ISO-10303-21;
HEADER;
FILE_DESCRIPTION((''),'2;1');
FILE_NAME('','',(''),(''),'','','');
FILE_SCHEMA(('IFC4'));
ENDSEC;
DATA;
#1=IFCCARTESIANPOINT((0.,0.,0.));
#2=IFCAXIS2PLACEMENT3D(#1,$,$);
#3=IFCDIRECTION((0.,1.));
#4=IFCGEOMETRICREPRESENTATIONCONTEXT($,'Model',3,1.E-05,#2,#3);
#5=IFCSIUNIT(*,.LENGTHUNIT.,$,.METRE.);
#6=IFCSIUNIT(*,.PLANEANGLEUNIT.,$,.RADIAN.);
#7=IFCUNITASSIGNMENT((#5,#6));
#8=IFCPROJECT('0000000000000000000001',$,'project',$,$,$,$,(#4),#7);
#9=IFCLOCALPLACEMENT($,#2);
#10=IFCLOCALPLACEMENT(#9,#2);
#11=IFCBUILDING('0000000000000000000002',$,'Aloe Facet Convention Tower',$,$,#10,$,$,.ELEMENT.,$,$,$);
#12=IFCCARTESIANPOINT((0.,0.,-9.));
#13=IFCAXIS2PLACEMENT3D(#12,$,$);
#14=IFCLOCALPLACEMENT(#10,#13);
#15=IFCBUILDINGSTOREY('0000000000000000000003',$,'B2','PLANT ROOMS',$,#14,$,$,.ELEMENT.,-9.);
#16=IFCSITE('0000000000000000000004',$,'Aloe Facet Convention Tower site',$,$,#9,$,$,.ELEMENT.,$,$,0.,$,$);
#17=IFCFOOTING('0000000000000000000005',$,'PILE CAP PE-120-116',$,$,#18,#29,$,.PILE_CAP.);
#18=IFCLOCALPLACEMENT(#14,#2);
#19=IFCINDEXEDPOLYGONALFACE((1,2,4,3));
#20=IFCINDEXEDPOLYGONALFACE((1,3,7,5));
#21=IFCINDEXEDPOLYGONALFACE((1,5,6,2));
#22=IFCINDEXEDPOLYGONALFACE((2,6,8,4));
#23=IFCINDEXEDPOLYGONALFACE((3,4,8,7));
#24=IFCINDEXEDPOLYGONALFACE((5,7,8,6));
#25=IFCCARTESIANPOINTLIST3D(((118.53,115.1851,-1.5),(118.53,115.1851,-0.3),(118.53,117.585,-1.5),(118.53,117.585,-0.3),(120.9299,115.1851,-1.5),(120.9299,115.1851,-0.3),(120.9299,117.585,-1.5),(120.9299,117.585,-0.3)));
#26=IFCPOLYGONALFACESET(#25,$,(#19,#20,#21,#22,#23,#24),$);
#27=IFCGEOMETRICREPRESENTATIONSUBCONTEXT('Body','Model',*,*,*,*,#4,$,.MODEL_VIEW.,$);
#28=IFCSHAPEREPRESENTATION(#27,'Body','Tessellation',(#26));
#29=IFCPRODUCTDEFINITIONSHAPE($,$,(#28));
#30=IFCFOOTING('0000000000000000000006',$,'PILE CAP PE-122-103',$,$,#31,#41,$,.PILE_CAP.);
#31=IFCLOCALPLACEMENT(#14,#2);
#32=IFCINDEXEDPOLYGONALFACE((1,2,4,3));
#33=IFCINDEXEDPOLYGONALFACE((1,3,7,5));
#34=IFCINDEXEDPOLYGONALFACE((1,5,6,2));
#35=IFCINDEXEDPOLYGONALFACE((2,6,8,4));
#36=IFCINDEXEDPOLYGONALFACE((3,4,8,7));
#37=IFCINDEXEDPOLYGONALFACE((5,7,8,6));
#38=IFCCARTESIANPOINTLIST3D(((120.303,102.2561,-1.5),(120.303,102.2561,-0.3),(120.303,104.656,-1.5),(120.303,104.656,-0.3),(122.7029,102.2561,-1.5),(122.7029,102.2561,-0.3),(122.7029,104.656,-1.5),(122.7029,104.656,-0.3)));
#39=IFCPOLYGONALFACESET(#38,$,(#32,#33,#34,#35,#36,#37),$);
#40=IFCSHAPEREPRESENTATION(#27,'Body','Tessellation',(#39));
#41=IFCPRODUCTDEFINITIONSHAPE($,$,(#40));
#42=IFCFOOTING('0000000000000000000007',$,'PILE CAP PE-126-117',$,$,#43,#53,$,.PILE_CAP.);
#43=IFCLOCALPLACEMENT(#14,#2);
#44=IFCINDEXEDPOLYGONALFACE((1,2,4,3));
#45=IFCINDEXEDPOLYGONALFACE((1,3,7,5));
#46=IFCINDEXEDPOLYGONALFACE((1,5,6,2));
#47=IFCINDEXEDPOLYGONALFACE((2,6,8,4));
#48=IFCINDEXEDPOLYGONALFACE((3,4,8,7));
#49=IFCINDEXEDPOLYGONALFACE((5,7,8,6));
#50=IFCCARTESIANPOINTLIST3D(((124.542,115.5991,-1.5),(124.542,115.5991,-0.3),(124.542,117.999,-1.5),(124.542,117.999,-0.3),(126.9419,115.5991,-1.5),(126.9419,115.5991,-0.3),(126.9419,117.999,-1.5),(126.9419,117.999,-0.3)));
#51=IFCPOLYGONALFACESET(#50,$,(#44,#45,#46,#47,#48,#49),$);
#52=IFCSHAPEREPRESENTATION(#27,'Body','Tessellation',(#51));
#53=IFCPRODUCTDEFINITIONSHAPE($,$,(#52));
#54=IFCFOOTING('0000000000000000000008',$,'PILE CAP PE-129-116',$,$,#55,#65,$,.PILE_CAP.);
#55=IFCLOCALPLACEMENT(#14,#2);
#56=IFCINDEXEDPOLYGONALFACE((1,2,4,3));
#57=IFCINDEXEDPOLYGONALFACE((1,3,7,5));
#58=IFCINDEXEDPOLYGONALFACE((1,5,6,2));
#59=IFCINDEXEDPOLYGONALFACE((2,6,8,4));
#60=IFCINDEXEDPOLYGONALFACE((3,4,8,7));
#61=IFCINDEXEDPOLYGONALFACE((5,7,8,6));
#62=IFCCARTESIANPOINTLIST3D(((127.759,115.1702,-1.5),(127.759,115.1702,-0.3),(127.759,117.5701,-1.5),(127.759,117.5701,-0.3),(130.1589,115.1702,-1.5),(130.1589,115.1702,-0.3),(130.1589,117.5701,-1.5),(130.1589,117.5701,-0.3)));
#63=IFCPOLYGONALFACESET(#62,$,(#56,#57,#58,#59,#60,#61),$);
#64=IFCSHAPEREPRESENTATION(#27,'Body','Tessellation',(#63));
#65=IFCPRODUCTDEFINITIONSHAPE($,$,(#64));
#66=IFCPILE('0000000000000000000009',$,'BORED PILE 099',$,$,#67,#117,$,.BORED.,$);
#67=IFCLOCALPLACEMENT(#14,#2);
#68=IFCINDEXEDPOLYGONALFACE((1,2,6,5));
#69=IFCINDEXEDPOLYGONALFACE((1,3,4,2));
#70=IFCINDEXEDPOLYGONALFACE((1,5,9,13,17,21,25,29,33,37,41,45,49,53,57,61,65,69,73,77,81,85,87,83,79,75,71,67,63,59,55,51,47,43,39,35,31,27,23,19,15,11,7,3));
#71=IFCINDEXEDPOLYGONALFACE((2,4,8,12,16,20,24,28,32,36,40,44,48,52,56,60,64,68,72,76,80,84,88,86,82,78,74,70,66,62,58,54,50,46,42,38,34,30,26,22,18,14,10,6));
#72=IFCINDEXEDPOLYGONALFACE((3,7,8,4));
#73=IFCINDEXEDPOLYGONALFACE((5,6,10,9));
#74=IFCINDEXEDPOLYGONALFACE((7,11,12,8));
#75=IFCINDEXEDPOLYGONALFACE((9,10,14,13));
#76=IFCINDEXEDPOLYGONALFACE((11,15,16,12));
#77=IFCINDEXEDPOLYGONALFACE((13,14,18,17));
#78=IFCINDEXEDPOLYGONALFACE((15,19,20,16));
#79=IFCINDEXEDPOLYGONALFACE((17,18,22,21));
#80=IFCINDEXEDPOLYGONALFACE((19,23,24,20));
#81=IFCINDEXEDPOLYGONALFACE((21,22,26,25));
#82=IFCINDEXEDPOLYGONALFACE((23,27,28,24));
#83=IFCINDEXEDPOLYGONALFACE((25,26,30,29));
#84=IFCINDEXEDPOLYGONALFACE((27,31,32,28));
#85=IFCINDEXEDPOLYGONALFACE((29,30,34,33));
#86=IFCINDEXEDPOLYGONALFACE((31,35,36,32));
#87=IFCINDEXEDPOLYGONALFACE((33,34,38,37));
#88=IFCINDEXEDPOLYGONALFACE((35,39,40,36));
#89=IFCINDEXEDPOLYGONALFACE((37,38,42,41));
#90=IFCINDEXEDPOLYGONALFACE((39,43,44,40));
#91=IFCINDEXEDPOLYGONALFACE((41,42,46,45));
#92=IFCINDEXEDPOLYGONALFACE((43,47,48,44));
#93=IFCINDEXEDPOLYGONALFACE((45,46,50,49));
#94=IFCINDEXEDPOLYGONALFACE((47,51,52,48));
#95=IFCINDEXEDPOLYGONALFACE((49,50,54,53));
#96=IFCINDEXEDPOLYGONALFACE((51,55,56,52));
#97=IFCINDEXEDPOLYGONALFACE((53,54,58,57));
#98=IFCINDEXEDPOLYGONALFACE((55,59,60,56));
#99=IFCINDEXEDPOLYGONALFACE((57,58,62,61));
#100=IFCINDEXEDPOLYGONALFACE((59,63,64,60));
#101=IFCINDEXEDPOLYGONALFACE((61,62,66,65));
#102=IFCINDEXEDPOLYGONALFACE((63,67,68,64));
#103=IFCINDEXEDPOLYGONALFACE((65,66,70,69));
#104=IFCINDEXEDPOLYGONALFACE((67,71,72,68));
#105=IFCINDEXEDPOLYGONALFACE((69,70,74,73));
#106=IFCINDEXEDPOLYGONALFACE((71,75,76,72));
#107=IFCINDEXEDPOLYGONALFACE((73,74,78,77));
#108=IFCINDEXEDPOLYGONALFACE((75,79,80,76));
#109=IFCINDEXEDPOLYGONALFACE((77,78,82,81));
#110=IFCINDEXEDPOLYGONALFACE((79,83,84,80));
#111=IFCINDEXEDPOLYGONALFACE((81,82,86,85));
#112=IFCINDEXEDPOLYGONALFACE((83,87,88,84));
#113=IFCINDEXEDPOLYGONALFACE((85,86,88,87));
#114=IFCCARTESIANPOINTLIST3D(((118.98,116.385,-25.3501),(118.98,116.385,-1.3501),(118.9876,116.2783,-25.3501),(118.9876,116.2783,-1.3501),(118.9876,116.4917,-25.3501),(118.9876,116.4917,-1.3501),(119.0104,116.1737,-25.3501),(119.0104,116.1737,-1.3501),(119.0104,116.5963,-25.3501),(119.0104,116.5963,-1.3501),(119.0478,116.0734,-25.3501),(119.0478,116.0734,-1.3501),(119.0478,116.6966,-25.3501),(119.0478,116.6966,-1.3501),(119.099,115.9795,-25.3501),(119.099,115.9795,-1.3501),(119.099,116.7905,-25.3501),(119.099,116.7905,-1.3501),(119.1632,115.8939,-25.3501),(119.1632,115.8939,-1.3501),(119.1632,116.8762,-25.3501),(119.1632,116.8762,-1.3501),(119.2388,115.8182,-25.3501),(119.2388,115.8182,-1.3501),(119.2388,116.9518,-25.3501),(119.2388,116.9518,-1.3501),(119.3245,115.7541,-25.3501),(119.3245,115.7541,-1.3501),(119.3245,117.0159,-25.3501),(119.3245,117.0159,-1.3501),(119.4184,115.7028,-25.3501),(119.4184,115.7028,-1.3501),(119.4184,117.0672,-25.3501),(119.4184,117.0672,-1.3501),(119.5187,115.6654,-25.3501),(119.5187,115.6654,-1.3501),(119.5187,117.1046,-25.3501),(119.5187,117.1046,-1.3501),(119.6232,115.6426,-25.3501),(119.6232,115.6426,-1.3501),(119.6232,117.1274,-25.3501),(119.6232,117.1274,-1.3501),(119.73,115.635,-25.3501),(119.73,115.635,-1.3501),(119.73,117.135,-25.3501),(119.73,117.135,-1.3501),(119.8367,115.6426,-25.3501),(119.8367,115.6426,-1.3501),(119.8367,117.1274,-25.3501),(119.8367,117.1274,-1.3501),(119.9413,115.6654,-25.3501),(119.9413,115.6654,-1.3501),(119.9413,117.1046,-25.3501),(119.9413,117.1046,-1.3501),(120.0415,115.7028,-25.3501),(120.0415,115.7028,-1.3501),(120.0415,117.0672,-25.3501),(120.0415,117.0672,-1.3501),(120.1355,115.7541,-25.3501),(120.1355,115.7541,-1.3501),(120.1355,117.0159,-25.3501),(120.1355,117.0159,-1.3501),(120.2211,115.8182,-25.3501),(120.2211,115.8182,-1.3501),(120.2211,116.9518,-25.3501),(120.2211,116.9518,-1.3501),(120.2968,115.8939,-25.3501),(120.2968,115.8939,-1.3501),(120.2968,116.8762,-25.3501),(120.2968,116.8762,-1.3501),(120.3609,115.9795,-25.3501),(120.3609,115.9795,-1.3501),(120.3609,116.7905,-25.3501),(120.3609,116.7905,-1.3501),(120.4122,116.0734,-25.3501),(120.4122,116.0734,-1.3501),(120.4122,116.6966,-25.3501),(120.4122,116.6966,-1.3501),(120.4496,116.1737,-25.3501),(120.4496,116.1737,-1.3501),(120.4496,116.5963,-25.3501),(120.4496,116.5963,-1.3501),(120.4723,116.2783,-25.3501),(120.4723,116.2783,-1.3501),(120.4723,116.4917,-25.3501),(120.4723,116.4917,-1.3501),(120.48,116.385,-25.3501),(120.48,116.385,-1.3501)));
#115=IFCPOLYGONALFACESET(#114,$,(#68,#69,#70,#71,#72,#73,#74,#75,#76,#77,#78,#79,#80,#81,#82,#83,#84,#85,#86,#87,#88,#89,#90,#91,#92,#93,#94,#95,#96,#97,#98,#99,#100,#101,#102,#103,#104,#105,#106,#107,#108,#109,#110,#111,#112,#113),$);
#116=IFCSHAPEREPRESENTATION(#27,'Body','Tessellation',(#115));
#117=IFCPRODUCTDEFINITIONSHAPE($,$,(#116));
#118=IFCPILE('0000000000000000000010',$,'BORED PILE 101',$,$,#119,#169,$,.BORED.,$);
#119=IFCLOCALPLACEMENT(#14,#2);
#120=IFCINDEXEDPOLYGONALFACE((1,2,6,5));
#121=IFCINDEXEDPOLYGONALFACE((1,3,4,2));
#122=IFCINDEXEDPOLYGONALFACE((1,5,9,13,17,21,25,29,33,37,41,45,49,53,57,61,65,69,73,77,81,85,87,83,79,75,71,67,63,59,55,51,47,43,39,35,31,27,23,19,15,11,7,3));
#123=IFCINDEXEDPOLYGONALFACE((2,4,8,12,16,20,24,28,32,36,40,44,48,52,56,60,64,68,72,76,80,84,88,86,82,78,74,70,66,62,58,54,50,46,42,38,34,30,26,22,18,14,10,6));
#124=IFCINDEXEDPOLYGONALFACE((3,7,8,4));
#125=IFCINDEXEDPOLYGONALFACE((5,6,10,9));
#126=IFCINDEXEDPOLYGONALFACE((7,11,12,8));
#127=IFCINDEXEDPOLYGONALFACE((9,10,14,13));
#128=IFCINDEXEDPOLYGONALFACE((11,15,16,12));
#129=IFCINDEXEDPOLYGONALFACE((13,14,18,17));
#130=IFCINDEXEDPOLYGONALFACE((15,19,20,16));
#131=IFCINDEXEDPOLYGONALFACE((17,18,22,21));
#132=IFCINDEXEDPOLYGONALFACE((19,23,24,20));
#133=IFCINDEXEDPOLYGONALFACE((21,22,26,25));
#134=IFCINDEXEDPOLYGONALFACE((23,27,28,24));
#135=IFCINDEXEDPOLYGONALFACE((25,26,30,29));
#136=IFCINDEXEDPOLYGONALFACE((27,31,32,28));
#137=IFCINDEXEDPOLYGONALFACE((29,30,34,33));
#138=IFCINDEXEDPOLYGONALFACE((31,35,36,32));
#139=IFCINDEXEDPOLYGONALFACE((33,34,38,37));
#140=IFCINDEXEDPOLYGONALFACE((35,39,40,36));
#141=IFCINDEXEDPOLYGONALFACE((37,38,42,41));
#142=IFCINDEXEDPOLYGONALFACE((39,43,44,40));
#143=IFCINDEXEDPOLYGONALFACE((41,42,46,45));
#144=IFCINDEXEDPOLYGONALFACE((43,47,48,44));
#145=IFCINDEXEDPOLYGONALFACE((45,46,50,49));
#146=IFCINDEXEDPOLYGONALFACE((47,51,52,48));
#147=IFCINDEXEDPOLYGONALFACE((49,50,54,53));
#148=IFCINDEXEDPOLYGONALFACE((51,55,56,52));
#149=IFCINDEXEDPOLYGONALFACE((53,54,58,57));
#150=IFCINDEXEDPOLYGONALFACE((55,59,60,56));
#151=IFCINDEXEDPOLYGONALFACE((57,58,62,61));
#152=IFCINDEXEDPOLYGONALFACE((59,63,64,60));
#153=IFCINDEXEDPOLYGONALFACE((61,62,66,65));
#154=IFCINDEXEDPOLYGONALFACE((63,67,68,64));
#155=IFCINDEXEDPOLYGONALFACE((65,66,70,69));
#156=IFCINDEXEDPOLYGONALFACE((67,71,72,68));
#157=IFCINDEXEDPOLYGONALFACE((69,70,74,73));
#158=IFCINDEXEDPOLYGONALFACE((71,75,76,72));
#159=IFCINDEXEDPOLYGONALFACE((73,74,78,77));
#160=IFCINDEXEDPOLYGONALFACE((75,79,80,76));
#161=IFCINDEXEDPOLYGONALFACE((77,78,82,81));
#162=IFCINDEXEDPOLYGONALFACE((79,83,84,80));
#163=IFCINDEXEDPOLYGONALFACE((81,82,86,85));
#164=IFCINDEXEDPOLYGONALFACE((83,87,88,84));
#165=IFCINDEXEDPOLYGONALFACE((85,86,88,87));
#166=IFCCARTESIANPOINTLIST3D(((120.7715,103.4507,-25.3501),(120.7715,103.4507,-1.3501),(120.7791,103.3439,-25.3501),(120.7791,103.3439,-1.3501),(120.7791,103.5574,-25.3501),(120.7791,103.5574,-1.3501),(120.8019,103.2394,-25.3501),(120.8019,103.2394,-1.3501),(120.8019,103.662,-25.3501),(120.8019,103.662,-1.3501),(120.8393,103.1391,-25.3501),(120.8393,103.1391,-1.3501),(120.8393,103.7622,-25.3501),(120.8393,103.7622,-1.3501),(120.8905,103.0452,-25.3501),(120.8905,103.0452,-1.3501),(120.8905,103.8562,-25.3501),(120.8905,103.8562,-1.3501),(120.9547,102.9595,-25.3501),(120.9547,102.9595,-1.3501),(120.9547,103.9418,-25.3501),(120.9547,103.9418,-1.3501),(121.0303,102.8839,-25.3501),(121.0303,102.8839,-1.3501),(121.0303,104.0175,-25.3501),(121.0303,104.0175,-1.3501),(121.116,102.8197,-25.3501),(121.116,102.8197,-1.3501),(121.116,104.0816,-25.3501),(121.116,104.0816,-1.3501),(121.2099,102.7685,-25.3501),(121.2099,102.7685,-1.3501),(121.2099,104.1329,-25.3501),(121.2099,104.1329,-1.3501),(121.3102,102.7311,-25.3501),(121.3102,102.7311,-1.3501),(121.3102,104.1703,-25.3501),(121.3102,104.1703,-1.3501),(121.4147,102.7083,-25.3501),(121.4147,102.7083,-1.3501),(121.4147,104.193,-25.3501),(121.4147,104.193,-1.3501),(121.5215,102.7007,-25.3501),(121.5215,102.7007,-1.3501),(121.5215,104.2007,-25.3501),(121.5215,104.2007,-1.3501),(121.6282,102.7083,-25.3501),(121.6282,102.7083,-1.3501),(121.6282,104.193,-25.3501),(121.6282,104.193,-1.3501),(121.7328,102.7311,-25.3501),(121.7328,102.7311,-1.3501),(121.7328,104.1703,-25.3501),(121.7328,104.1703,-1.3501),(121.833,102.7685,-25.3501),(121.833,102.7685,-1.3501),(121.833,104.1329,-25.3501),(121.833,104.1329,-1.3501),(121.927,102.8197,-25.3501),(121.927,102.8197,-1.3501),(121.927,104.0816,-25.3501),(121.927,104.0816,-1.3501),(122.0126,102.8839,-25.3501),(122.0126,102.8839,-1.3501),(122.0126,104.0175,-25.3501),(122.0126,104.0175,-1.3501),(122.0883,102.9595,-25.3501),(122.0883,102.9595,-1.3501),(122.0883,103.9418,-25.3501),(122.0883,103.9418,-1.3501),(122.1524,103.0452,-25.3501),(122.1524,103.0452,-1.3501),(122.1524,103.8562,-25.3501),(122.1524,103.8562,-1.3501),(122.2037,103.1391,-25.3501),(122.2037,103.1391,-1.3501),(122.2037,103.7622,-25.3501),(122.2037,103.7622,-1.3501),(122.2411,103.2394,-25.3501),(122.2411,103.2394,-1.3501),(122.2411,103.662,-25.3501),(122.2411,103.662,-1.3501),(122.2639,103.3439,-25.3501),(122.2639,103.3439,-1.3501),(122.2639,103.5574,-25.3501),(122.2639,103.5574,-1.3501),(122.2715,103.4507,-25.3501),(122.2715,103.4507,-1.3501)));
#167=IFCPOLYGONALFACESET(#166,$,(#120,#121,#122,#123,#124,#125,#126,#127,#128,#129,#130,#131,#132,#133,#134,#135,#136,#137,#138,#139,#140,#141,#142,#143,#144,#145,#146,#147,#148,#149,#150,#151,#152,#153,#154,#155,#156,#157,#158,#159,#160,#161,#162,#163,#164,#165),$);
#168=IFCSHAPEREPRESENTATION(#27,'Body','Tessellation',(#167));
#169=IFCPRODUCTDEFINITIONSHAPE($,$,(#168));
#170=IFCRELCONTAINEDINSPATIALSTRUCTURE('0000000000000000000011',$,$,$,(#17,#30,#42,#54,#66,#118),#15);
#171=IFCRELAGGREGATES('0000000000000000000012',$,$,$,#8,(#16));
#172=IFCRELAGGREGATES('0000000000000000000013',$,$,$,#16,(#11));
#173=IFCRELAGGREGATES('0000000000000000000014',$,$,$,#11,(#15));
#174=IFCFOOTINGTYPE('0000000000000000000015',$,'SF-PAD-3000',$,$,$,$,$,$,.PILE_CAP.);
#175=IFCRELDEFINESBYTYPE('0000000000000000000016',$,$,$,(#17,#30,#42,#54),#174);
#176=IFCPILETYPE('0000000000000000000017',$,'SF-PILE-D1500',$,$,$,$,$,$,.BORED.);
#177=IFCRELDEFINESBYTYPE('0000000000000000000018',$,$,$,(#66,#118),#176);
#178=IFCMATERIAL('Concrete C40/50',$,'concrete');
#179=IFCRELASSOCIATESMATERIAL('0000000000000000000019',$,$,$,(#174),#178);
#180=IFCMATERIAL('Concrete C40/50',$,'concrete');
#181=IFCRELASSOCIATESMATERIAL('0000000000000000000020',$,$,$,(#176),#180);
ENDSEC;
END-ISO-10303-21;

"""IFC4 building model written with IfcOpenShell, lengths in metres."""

from ifc_helpers import new_model, si_unit, direction, frame, origin, origin_2d, place, context, subcontext, project, spatial, rectangle, circle, extrude, material, material_profile, profile_set, type_object, element, save


model = new_model("IFC4")

# Units and contexts
model_context = context("Model", 3, precision=1e-05, world=origin(), true_north=direction((0.0, 1.0)))
body_context = subcontext(model_context, "Body", "Model", "MODEL_VIEW")
ifc_project = project(units=[si_unit("LENGTHUNIT", "METRE"), si_unit("PLANEANGLEUNIT", "RADIAN")], contexts=[model_context])

# Site, building, storey
site_placement = place(None, origin())
site = spatial("IfcSite", under=ifc_project, at=site_placement, Name="Aloe Facet Convention Tower site", CompositionType="ELEMENT", RefElevation=0.0)
building_placement = place(site_placement, origin())
building = spatial("IfcBuilding", under=site, at=building_placement, Name="Aloe Facet Convention Tower", CompositionType="ELEMENT")
storey_placement = place(building_placement, frame((0.0, 0.0, -9.0)))
storey = spatial("IfcBuildingStorey", under=building, at=storey_placement, Name="B2", Description="PLANT ROOMS", CompositionType="ELEMENT", Elevation=-9.0)

# Footings
ifc_material_1 = material(Name="Concrete C40/50", Category="concrete")
footing_type = type_object("IfcFootingType", Name="SF-PAD-3000", PredefinedType="PILE_CAP", material=ifc_material_1)
for number, where, z_axis, x_axis, name in (
    (1, (119.73, 116.385, -1.5), (0.0, 0.0, 1.0), (1.0, 0.0, 0.0), "PILE CAP PE-120-116"),
    (2, (121.5029, 103.4561, -1.5), (0.0, 0.0, 1.0), (1.0, 0.0, 0.0), "PILE CAP PE-122-103"),
    (3, (125.7419, 116.7991, -1.5), (0.0, 0.0, 1.0), (1.0, 0.0, 0.0), "PILE CAP PE-126-117"),
    (4, (128.959, 116.3701, -1.5), (0.0, 0.0, 1.0), (1.0, 0.0, 0.0), "PILE CAP PE-129-116"),
):
    element("IfcFooting", number, at=place(storey_placement, frame(where, z_axis=z_axis, x_axis=x_axis)), inside=storey, type_object=footing_type, Name=name, PredefinedType="PILE_CAP", context=body_context, shape_type="SweptSolid", body=[
        extrude(rectangle(XDim=2.3999, YDim=2.3999, at=origin_2d()), origin(), (0.0, 0.0, 1.0), 1.2),
    ])

# Piles
ifc_material_2 = material(Name="Concrete C40/50", Category="concrete")
ifc_material_profile_1 = material_profile(ifc_material_2, circle(Radius=0.75, at=origin_2d()), Name="D1500")
ifc_profile_set_1 = profile_set([ifc_material_profile_1], Name="Concrete C40/50")
pile_type = type_object("IfcPileType", Name="SF-PILE-D1500", PredefinedType="BORED", material=ifc_profile_set_1)
for number, where, z_axis, x_axis, name in (
    (5, (119.73, 116.385, -1.3501), (0.0, 0.0, -1.0), (1.0, 0.0, 0.0), "BORED PILE 099"),
    (6, (121.5215, 103.4507, -1.3501), (0.0, 0.0, -1.0), (1.0, 0.0, 0.0), "BORED PILE 101"),
):
    element("IfcPile", number, at=place(storey_placement, frame(where, z_axis=z_axis, x_axis=x_axis)), inside=storey, type_object=pile_type, Name=name, PredefinedType="BORED", context=body_context, shape_type="SweptSolid", body=[
        extrude(circle(Radius=0.75, at=origin_2d()), origin(), (0.0, 0.0, 1.0), 24.0),
    ])

save(model, "model.ifc")
